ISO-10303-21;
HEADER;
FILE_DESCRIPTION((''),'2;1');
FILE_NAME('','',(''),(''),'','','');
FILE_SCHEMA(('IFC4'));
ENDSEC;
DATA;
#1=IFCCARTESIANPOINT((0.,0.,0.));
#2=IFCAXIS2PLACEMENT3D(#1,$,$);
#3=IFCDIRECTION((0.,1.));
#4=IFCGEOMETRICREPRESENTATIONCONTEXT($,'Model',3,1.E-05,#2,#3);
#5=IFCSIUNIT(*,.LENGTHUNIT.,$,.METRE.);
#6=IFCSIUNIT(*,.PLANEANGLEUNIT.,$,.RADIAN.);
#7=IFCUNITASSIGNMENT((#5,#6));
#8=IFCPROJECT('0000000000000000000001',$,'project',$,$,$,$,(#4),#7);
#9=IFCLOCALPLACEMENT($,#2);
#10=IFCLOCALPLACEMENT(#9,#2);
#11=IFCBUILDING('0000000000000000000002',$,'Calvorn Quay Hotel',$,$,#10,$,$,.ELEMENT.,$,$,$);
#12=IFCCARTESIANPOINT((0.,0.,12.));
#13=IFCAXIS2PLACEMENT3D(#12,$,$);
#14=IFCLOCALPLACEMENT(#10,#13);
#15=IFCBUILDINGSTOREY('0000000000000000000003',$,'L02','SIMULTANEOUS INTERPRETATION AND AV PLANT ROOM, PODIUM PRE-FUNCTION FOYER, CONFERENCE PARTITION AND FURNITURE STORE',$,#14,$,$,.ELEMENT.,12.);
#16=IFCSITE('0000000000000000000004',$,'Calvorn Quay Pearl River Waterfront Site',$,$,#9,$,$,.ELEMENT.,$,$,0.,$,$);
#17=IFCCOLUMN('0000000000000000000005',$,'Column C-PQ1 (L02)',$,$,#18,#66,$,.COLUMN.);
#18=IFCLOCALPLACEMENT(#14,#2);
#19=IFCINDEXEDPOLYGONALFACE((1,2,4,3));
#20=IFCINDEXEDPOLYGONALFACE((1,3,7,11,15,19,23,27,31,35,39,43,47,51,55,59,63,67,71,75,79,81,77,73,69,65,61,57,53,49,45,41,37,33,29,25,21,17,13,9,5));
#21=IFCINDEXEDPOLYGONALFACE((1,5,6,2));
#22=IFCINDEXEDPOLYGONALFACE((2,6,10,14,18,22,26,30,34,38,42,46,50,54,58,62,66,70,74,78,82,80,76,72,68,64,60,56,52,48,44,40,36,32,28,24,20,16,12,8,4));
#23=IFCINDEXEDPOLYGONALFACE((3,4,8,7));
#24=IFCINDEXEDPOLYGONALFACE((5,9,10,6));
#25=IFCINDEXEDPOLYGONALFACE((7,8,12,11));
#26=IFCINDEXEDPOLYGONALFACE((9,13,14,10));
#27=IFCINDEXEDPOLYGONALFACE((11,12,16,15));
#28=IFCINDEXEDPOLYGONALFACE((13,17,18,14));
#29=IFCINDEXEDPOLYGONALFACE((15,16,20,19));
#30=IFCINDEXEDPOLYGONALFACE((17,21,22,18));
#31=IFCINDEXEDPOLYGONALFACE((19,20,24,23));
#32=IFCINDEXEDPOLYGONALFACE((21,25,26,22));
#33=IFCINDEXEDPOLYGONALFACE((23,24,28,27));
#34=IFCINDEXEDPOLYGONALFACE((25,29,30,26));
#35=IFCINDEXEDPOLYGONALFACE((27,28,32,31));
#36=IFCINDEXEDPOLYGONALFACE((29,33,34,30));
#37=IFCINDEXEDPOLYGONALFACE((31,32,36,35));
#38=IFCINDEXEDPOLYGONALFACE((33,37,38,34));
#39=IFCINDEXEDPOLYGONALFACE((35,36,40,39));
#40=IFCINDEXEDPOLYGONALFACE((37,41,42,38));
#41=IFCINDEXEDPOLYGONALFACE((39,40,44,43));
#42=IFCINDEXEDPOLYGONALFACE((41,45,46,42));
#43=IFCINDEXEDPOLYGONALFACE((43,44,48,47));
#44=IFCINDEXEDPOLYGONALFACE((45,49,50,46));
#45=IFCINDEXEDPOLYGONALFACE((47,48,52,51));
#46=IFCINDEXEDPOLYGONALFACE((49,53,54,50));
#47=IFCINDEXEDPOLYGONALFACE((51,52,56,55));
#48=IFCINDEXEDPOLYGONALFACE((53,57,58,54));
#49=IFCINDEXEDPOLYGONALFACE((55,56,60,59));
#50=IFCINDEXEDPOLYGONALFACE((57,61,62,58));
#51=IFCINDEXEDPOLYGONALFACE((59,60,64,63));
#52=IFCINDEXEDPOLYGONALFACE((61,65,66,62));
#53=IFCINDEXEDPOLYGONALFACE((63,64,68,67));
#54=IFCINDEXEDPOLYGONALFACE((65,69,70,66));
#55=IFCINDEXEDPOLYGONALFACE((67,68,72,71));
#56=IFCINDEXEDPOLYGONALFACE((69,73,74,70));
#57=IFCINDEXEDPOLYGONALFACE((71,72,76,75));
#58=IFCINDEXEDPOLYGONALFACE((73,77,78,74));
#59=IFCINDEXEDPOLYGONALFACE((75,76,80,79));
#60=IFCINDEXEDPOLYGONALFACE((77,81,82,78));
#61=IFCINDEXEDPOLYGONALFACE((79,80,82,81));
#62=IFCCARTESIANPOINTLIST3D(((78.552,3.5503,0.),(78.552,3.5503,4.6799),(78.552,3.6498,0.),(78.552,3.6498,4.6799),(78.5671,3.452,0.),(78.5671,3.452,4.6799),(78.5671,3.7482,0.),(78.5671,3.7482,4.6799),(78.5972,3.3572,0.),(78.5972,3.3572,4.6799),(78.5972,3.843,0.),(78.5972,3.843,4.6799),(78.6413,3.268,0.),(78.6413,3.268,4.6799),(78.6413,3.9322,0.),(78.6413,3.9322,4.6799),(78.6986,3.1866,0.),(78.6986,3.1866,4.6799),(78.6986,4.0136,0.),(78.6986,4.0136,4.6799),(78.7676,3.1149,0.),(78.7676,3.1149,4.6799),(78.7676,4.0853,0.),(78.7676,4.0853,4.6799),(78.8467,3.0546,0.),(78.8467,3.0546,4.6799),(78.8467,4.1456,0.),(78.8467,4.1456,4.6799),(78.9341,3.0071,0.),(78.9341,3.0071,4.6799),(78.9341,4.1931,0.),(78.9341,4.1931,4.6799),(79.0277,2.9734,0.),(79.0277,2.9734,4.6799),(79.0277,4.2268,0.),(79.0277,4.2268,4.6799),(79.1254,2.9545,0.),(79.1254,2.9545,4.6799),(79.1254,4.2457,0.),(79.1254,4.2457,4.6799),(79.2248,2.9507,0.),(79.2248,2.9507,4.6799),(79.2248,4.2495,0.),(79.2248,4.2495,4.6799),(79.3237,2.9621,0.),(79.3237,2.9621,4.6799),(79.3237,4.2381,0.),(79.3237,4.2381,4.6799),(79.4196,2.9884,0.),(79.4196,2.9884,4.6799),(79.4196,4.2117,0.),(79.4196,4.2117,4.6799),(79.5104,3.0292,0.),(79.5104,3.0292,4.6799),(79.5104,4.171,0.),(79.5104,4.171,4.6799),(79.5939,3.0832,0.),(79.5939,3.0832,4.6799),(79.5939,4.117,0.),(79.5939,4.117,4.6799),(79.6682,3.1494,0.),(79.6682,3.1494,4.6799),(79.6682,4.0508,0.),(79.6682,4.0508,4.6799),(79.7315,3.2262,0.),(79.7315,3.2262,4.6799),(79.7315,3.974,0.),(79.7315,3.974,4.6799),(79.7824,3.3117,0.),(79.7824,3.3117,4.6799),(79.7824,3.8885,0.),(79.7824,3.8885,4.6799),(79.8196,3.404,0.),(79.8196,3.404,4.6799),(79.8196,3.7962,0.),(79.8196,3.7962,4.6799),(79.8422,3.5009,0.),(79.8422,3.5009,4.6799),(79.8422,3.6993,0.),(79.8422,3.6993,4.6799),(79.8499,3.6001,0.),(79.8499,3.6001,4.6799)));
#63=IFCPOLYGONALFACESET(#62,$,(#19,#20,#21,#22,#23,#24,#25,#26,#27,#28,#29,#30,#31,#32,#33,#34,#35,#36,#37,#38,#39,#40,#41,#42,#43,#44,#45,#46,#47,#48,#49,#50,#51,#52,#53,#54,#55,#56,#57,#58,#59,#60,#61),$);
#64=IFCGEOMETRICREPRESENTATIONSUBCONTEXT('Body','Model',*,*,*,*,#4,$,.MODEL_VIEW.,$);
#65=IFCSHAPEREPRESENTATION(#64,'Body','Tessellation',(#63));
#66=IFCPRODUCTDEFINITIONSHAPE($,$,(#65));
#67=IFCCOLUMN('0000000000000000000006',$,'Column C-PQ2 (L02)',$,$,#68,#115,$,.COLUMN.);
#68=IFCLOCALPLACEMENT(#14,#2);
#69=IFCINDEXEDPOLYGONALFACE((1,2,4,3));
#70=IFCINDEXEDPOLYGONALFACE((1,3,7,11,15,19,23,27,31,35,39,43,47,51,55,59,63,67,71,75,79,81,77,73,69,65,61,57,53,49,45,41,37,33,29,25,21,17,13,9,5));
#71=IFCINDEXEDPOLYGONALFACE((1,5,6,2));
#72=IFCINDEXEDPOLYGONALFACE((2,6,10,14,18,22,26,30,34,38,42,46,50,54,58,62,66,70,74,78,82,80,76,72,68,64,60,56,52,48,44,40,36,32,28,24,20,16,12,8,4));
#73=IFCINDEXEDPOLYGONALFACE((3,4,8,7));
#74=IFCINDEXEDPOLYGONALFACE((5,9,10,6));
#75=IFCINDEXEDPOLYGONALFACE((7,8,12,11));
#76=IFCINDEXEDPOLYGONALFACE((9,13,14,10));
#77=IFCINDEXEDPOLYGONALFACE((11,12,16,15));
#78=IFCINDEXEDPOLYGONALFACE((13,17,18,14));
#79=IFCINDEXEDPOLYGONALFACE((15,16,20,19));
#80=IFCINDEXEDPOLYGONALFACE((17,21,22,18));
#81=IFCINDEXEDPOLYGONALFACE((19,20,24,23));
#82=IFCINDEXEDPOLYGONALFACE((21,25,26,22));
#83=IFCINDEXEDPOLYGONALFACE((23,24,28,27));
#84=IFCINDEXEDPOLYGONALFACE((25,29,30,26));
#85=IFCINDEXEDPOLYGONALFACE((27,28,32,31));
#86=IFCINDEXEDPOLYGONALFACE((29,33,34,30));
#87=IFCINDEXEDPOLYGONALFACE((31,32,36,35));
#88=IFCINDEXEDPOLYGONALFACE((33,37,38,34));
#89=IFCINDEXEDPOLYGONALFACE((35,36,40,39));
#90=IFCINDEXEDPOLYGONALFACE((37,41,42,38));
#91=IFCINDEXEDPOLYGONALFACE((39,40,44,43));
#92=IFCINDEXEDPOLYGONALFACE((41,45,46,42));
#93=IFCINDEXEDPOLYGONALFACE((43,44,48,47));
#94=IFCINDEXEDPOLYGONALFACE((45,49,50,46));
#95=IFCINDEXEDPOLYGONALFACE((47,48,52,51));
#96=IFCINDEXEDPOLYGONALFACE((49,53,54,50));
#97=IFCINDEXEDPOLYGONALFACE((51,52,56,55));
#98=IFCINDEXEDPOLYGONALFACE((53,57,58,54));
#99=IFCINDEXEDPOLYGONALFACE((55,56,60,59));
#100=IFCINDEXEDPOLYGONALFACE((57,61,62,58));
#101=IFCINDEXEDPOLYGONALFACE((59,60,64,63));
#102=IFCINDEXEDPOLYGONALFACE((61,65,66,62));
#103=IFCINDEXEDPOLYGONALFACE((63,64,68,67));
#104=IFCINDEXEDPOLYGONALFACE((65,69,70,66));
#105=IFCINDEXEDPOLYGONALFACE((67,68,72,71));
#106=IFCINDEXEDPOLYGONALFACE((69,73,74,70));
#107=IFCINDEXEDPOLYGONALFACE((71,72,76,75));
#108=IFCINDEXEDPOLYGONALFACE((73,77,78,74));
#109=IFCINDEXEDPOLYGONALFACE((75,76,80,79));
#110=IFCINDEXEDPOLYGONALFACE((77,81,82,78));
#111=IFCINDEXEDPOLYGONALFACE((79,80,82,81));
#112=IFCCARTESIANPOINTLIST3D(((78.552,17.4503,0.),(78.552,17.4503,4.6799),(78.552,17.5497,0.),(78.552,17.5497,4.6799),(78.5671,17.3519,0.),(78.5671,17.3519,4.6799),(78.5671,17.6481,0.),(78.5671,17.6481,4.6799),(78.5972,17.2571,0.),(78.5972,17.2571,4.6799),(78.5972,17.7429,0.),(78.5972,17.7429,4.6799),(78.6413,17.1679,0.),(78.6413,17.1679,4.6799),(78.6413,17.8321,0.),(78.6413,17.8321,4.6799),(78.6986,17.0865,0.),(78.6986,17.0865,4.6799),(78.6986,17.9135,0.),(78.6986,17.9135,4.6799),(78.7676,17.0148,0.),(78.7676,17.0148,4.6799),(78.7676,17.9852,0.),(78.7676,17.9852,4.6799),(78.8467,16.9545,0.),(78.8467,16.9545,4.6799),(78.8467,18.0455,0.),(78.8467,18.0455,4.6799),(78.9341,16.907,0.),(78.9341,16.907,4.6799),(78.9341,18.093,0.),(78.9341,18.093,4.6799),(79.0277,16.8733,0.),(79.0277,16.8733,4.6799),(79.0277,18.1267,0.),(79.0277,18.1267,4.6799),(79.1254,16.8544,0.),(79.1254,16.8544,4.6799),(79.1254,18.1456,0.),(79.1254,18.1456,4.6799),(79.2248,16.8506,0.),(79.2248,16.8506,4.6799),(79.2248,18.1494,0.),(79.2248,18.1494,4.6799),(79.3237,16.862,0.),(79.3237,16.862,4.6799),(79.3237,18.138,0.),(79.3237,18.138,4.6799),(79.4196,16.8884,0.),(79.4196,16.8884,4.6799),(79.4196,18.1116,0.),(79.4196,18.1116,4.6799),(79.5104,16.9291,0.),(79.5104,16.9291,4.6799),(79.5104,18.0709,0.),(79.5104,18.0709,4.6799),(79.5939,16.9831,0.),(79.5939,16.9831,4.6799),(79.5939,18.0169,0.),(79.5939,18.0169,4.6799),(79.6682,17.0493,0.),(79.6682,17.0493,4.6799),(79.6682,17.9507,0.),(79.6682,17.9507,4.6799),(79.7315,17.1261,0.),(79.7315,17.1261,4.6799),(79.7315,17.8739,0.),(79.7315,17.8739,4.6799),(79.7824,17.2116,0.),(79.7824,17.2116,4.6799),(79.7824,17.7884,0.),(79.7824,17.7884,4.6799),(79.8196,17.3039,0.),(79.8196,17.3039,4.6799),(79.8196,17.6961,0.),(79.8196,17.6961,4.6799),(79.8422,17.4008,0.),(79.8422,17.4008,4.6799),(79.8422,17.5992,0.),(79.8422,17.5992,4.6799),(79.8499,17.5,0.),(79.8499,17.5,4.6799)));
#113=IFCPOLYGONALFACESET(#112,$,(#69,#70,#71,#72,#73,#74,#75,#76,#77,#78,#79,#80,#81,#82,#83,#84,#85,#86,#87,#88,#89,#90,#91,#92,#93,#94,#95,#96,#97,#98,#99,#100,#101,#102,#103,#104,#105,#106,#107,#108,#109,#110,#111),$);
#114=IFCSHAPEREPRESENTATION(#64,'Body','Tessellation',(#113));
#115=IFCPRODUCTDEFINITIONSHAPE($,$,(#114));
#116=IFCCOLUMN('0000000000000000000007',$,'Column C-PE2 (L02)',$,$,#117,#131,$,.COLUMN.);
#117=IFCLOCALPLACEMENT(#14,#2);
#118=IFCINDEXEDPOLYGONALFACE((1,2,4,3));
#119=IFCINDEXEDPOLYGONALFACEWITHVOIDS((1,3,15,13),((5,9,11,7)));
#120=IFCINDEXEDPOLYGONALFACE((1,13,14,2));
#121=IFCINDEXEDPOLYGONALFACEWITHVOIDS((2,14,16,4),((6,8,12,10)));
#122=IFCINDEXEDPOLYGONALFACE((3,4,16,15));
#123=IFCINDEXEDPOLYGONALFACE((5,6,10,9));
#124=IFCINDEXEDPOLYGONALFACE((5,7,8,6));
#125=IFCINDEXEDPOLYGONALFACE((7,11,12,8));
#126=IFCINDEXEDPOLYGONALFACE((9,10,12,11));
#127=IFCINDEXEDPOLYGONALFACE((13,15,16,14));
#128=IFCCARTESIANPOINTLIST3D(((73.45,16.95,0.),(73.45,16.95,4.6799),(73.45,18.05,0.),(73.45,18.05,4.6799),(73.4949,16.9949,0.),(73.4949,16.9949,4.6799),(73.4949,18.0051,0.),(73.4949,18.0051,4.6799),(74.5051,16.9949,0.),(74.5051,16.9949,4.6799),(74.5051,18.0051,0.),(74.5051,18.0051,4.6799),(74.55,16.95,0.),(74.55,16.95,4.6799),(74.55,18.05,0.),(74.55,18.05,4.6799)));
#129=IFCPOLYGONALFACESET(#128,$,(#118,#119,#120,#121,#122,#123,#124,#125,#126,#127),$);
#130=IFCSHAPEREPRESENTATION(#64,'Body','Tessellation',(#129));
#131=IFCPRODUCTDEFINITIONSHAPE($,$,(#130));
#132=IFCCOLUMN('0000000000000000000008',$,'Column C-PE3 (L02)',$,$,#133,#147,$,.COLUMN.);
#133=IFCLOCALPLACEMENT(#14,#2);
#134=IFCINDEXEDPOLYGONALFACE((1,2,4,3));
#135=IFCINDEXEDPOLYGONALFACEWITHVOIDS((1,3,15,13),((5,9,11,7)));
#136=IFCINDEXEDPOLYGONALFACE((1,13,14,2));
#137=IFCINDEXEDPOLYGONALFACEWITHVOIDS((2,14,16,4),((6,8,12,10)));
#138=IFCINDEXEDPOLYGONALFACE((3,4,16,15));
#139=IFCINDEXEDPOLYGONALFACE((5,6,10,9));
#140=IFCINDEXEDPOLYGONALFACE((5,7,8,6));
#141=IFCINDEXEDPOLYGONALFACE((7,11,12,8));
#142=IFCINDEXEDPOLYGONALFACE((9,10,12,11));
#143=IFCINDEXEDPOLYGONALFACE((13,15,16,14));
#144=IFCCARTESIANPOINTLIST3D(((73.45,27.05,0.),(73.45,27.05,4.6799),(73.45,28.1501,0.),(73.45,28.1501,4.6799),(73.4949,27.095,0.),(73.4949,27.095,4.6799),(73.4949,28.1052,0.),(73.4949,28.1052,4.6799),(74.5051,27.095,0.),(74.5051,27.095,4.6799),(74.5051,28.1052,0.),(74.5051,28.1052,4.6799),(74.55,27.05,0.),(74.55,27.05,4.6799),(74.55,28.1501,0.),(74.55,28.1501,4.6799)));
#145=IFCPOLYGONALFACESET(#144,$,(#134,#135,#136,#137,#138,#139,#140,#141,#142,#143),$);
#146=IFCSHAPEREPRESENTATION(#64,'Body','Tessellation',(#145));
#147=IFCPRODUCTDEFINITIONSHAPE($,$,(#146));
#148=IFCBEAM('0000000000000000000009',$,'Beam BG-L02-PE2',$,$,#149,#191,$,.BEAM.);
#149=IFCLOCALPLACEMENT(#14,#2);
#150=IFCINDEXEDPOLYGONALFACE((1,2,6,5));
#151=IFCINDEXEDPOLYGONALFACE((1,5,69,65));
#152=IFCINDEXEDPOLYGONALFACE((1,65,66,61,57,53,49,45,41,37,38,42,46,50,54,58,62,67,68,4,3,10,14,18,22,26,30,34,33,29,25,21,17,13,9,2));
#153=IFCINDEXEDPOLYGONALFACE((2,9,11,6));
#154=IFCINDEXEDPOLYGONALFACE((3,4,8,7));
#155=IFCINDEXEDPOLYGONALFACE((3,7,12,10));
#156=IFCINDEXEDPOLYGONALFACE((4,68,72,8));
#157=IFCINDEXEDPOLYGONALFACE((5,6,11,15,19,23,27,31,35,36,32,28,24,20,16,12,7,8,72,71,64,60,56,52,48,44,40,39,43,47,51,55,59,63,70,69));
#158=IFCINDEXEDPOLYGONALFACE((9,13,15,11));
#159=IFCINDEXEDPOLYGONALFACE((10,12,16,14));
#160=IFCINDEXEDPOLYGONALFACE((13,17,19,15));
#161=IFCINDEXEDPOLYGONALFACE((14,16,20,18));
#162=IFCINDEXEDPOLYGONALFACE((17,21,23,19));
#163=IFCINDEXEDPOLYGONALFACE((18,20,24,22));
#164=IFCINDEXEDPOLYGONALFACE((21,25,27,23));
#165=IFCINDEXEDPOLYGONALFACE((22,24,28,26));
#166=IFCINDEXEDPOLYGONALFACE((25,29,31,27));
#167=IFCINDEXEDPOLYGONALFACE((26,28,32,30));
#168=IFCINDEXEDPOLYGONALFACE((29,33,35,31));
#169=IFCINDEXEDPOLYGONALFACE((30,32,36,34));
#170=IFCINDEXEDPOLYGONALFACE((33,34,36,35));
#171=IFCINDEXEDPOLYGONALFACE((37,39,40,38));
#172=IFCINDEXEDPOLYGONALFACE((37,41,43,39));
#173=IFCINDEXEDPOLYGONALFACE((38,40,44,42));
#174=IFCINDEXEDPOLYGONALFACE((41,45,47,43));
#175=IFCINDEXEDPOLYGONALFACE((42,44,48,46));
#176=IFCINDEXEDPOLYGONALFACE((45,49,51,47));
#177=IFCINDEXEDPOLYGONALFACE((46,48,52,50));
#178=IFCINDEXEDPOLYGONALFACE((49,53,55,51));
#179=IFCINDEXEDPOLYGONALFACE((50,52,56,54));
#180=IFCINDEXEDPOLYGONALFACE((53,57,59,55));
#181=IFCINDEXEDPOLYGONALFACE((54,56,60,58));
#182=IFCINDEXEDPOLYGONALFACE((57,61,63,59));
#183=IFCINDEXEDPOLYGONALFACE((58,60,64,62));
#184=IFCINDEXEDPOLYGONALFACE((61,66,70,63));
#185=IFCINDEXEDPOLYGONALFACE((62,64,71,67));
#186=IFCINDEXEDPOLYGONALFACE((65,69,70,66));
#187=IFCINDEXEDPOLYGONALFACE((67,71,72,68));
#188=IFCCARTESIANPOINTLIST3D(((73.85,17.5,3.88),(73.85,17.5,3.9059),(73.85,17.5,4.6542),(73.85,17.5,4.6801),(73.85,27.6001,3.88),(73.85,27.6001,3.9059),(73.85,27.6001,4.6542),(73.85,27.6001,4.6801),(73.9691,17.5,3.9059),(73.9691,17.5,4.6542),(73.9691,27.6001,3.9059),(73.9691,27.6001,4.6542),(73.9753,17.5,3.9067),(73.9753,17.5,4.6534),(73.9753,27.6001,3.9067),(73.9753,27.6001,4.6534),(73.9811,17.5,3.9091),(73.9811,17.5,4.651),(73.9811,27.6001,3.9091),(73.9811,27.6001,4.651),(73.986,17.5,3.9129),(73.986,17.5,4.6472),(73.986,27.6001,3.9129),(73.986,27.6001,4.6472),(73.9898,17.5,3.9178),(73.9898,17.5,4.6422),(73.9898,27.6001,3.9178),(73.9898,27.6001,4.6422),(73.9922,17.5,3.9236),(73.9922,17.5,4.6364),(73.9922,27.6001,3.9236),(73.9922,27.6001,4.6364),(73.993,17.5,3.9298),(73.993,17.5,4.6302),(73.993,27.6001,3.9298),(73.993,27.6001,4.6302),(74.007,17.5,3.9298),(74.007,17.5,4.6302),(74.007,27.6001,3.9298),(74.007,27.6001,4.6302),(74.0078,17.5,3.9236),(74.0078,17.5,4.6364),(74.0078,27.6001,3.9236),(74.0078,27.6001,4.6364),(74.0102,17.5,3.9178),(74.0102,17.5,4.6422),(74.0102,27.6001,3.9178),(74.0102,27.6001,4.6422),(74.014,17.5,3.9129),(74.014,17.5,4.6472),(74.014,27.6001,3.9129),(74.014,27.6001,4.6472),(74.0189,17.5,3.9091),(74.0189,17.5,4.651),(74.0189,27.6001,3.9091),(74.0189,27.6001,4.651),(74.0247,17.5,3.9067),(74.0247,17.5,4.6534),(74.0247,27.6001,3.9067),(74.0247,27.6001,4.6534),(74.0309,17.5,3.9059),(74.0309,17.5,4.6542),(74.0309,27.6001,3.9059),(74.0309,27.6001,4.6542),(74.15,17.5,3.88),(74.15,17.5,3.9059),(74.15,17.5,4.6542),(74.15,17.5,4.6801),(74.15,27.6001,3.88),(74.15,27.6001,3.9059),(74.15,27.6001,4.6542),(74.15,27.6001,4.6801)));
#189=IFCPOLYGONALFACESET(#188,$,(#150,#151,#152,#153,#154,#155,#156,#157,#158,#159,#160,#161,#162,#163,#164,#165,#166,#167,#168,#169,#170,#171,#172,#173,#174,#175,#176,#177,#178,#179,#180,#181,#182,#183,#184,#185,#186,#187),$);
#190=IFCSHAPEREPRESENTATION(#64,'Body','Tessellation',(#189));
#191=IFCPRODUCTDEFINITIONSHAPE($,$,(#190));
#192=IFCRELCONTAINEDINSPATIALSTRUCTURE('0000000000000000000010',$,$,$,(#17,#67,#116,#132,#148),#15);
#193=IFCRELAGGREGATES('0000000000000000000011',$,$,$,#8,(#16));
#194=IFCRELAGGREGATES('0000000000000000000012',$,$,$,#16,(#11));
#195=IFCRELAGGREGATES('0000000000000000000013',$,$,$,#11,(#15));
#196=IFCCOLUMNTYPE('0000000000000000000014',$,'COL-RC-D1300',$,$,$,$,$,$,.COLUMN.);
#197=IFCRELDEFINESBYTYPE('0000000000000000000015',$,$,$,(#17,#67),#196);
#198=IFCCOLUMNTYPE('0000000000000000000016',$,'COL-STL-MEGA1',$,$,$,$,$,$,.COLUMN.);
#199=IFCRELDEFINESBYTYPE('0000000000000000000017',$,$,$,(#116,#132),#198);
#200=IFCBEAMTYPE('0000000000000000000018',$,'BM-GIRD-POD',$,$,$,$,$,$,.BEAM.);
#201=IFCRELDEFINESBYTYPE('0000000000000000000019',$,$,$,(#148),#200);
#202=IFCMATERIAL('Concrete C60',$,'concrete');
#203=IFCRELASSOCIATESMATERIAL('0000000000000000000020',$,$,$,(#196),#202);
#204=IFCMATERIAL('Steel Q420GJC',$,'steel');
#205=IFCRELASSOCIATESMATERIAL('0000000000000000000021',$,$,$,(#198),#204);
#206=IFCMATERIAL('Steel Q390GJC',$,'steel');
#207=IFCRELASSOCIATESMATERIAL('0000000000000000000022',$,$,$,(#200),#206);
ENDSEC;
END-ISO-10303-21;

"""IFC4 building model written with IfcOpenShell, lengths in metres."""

from ifc_helpers import new_model, si_unit, direction, frame, origin, origin_2d, place, context, subcontext, project, spatial, hollow_rectangle, circle, i_section, extrude, material, material_profile, profile_set, type_object, element, save


model = new_model("IFC4")

# Units and contexts
model_context = context("Model", 3, precision=1e-05, world=origin(), true_north=direction((0.0, 1.0)))
body_context = subcontext(model_context, "Body", "Model", "MODEL_VIEW")
ifc_project = project(units=[si_unit("LENGTHUNIT", "METRE"), si_unit("PLANEANGLEUNIT", "RADIAN")], contexts=[model_context])

# Site, building, storey
site_placement = place(None, origin())
site = spatial("IfcSite", under=ifc_project, at=site_placement, Name="Calvorn Quay Pearl River Waterfront Site", CompositionType="ELEMENT", RefElevation=0.0)
building_placement = place(site_placement, origin())
building = spatial("IfcBuilding", under=site, at=building_placement, Name="Calvorn Quay Hotel", CompositionType="ELEMENT")
storey_placement = place(building_placement, frame((0.0, 0.0, 12.0)))
storey = spatial("IfcBuildingStorey", under=building, at=storey_placement, Name="L02", Description="SIMULTANEOUS INTERPRETATION AND AV PLANT ROOM, PODIUM PRE-FUNCTION FOYER, CONFERENCE PARTITION AND FURNITURE STORE", CompositionType="ELEMENT", Elevation=12.0)

# Columns
ifc_material_1 = material(Name="Concrete C60", Category="concrete")
ifc_material_profile_1 = material_profile(ifc_material_1, circle(Radius=0.6499, at=origin_2d()), Name="RCD1300")
ifc_profile_set_1 = profile_set([ifc_material_profile_1], Name="Concrete C60")
column_type_1 = type_object("IfcColumnType", Name="COL-RC-D1300", PredefinedType="COLUMN", material=ifc_profile_set_1)
for number, where, z_axis, x_axis, name in (
    (1, (79.2, 3.6001, 0.0), (0.0, 0.0, 1.0), (1.0, 0.0, 0.0), "Column C-PQ1 (L02)"),
    (2, (79.2, 17.5, 0.0), (0.0, 0.0, 1.0), (1.0, 0.0, 0.0), "Column C-PQ2 (L02)"),
):
    element("IfcColumn", number, at=place(storey_placement, frame(where, z_axis=z_axis, x_axis=x_axis)), inside=storey, type_object=column_type_1, Name=name, PredefinedType="COLUMN", context=body_context, shape_type="SweptSolid", body=[
        extrude(circle(Radius=0.6499, at=origin_2d()), origin(), (0.0, 0.0, 1.0), 4.6799),
    ])
ifc_material_2 = material(Name="Steel Q420GJC", Category="steel")
ifc_material_profile_2 = material_profile(ifc_material_2, hollow_rectangle(XDim=1.1001, YDim=1.1001, WallThickness=0.0449, at=origin_2d()), Name="BOX1100x1100x45")
ifc_profile_set_2 = profile_set([ifc_material_profile_2], Name="Steel Q420GJC")
column_type_2 = type_object("IfcColumnType", Name="COL-STL-MEGA1", PredefinedType="COLUMN", material=ifc_profile_set_2)
for number, where, z_axis, x_axis, name in (
    (3, (74.0, 17.5, 0.0), (0.0, 0.0, 1.0), (1.0, 0.0, 0.0), "Column C-PE2 (L02)"),
    (4, (74.0, 27.6001, 0.0), (0.0, 0.0, 1.0), (1.0, 0.0, 0.0), "Column C-PE3 (L02)"),
):
    element("IfcColumn", number, at=place(storey_placement, frame(where, z_axis=z_axis, x_axis=x_axis)), inside=storey, type_object=column_type_2, Name=name, PredefinedType="COLUMN", context=body_context, shape_type="SweptSolid", body=[
        extrude(hollow_rectangle(XDim=1.1001, YDim=1.1001, WallThickness=0.0449, at=origin_2d()), origin(), (0.0, 0.0, 1.0), 4.6799),
    ])

# Beam
ifc_material_3 = material(Name="Steel Q390GJC", Category="steel")
ifc_material_profile_3 = material_profile(ifc_material_3, i_section(OverallWidth=0.3, OverallDepth=0.8, WebThickness=0.0139, FlangeThickness=0.0259, FilletRadius=0.0239, at=origin_2d()), Name="HN800x300x14x26")
ifc_profile_set_3 = profile_set([ifc_material_profile_3], Name="Steel Q390GJC")
beam_type = type_object("IfcBeamType", Name="BM-GIRD-POD", PredefinedType="BEAM", material=ifc_profile_set_3)
beam_1_placement = place(storey_placement, frame((74.0, 17.5, 4.28), z_axis=(0.0, 1.0, 0.0), x_axis=(-1.0, 0.0, 0.0)))
element("IfcBeam", 5, at=beam_1_placement, inside=storey, type_object=beam_type, Name="Beam BG-L02-PE2", PredefinedType="BEAM", context=body_context, shape_type="SweptSolid", body=[
    extrude(i_section(OverallWidth=0.3, OverallDepth=0.8, WebThickness=0.0139, FlangeThickness=0.0259, FilletRadius=0.0239, at=origin_2d()), origin(), (0.0, 0.0, 1.0), 10.1001),
])

save(model, "model.ifc")
